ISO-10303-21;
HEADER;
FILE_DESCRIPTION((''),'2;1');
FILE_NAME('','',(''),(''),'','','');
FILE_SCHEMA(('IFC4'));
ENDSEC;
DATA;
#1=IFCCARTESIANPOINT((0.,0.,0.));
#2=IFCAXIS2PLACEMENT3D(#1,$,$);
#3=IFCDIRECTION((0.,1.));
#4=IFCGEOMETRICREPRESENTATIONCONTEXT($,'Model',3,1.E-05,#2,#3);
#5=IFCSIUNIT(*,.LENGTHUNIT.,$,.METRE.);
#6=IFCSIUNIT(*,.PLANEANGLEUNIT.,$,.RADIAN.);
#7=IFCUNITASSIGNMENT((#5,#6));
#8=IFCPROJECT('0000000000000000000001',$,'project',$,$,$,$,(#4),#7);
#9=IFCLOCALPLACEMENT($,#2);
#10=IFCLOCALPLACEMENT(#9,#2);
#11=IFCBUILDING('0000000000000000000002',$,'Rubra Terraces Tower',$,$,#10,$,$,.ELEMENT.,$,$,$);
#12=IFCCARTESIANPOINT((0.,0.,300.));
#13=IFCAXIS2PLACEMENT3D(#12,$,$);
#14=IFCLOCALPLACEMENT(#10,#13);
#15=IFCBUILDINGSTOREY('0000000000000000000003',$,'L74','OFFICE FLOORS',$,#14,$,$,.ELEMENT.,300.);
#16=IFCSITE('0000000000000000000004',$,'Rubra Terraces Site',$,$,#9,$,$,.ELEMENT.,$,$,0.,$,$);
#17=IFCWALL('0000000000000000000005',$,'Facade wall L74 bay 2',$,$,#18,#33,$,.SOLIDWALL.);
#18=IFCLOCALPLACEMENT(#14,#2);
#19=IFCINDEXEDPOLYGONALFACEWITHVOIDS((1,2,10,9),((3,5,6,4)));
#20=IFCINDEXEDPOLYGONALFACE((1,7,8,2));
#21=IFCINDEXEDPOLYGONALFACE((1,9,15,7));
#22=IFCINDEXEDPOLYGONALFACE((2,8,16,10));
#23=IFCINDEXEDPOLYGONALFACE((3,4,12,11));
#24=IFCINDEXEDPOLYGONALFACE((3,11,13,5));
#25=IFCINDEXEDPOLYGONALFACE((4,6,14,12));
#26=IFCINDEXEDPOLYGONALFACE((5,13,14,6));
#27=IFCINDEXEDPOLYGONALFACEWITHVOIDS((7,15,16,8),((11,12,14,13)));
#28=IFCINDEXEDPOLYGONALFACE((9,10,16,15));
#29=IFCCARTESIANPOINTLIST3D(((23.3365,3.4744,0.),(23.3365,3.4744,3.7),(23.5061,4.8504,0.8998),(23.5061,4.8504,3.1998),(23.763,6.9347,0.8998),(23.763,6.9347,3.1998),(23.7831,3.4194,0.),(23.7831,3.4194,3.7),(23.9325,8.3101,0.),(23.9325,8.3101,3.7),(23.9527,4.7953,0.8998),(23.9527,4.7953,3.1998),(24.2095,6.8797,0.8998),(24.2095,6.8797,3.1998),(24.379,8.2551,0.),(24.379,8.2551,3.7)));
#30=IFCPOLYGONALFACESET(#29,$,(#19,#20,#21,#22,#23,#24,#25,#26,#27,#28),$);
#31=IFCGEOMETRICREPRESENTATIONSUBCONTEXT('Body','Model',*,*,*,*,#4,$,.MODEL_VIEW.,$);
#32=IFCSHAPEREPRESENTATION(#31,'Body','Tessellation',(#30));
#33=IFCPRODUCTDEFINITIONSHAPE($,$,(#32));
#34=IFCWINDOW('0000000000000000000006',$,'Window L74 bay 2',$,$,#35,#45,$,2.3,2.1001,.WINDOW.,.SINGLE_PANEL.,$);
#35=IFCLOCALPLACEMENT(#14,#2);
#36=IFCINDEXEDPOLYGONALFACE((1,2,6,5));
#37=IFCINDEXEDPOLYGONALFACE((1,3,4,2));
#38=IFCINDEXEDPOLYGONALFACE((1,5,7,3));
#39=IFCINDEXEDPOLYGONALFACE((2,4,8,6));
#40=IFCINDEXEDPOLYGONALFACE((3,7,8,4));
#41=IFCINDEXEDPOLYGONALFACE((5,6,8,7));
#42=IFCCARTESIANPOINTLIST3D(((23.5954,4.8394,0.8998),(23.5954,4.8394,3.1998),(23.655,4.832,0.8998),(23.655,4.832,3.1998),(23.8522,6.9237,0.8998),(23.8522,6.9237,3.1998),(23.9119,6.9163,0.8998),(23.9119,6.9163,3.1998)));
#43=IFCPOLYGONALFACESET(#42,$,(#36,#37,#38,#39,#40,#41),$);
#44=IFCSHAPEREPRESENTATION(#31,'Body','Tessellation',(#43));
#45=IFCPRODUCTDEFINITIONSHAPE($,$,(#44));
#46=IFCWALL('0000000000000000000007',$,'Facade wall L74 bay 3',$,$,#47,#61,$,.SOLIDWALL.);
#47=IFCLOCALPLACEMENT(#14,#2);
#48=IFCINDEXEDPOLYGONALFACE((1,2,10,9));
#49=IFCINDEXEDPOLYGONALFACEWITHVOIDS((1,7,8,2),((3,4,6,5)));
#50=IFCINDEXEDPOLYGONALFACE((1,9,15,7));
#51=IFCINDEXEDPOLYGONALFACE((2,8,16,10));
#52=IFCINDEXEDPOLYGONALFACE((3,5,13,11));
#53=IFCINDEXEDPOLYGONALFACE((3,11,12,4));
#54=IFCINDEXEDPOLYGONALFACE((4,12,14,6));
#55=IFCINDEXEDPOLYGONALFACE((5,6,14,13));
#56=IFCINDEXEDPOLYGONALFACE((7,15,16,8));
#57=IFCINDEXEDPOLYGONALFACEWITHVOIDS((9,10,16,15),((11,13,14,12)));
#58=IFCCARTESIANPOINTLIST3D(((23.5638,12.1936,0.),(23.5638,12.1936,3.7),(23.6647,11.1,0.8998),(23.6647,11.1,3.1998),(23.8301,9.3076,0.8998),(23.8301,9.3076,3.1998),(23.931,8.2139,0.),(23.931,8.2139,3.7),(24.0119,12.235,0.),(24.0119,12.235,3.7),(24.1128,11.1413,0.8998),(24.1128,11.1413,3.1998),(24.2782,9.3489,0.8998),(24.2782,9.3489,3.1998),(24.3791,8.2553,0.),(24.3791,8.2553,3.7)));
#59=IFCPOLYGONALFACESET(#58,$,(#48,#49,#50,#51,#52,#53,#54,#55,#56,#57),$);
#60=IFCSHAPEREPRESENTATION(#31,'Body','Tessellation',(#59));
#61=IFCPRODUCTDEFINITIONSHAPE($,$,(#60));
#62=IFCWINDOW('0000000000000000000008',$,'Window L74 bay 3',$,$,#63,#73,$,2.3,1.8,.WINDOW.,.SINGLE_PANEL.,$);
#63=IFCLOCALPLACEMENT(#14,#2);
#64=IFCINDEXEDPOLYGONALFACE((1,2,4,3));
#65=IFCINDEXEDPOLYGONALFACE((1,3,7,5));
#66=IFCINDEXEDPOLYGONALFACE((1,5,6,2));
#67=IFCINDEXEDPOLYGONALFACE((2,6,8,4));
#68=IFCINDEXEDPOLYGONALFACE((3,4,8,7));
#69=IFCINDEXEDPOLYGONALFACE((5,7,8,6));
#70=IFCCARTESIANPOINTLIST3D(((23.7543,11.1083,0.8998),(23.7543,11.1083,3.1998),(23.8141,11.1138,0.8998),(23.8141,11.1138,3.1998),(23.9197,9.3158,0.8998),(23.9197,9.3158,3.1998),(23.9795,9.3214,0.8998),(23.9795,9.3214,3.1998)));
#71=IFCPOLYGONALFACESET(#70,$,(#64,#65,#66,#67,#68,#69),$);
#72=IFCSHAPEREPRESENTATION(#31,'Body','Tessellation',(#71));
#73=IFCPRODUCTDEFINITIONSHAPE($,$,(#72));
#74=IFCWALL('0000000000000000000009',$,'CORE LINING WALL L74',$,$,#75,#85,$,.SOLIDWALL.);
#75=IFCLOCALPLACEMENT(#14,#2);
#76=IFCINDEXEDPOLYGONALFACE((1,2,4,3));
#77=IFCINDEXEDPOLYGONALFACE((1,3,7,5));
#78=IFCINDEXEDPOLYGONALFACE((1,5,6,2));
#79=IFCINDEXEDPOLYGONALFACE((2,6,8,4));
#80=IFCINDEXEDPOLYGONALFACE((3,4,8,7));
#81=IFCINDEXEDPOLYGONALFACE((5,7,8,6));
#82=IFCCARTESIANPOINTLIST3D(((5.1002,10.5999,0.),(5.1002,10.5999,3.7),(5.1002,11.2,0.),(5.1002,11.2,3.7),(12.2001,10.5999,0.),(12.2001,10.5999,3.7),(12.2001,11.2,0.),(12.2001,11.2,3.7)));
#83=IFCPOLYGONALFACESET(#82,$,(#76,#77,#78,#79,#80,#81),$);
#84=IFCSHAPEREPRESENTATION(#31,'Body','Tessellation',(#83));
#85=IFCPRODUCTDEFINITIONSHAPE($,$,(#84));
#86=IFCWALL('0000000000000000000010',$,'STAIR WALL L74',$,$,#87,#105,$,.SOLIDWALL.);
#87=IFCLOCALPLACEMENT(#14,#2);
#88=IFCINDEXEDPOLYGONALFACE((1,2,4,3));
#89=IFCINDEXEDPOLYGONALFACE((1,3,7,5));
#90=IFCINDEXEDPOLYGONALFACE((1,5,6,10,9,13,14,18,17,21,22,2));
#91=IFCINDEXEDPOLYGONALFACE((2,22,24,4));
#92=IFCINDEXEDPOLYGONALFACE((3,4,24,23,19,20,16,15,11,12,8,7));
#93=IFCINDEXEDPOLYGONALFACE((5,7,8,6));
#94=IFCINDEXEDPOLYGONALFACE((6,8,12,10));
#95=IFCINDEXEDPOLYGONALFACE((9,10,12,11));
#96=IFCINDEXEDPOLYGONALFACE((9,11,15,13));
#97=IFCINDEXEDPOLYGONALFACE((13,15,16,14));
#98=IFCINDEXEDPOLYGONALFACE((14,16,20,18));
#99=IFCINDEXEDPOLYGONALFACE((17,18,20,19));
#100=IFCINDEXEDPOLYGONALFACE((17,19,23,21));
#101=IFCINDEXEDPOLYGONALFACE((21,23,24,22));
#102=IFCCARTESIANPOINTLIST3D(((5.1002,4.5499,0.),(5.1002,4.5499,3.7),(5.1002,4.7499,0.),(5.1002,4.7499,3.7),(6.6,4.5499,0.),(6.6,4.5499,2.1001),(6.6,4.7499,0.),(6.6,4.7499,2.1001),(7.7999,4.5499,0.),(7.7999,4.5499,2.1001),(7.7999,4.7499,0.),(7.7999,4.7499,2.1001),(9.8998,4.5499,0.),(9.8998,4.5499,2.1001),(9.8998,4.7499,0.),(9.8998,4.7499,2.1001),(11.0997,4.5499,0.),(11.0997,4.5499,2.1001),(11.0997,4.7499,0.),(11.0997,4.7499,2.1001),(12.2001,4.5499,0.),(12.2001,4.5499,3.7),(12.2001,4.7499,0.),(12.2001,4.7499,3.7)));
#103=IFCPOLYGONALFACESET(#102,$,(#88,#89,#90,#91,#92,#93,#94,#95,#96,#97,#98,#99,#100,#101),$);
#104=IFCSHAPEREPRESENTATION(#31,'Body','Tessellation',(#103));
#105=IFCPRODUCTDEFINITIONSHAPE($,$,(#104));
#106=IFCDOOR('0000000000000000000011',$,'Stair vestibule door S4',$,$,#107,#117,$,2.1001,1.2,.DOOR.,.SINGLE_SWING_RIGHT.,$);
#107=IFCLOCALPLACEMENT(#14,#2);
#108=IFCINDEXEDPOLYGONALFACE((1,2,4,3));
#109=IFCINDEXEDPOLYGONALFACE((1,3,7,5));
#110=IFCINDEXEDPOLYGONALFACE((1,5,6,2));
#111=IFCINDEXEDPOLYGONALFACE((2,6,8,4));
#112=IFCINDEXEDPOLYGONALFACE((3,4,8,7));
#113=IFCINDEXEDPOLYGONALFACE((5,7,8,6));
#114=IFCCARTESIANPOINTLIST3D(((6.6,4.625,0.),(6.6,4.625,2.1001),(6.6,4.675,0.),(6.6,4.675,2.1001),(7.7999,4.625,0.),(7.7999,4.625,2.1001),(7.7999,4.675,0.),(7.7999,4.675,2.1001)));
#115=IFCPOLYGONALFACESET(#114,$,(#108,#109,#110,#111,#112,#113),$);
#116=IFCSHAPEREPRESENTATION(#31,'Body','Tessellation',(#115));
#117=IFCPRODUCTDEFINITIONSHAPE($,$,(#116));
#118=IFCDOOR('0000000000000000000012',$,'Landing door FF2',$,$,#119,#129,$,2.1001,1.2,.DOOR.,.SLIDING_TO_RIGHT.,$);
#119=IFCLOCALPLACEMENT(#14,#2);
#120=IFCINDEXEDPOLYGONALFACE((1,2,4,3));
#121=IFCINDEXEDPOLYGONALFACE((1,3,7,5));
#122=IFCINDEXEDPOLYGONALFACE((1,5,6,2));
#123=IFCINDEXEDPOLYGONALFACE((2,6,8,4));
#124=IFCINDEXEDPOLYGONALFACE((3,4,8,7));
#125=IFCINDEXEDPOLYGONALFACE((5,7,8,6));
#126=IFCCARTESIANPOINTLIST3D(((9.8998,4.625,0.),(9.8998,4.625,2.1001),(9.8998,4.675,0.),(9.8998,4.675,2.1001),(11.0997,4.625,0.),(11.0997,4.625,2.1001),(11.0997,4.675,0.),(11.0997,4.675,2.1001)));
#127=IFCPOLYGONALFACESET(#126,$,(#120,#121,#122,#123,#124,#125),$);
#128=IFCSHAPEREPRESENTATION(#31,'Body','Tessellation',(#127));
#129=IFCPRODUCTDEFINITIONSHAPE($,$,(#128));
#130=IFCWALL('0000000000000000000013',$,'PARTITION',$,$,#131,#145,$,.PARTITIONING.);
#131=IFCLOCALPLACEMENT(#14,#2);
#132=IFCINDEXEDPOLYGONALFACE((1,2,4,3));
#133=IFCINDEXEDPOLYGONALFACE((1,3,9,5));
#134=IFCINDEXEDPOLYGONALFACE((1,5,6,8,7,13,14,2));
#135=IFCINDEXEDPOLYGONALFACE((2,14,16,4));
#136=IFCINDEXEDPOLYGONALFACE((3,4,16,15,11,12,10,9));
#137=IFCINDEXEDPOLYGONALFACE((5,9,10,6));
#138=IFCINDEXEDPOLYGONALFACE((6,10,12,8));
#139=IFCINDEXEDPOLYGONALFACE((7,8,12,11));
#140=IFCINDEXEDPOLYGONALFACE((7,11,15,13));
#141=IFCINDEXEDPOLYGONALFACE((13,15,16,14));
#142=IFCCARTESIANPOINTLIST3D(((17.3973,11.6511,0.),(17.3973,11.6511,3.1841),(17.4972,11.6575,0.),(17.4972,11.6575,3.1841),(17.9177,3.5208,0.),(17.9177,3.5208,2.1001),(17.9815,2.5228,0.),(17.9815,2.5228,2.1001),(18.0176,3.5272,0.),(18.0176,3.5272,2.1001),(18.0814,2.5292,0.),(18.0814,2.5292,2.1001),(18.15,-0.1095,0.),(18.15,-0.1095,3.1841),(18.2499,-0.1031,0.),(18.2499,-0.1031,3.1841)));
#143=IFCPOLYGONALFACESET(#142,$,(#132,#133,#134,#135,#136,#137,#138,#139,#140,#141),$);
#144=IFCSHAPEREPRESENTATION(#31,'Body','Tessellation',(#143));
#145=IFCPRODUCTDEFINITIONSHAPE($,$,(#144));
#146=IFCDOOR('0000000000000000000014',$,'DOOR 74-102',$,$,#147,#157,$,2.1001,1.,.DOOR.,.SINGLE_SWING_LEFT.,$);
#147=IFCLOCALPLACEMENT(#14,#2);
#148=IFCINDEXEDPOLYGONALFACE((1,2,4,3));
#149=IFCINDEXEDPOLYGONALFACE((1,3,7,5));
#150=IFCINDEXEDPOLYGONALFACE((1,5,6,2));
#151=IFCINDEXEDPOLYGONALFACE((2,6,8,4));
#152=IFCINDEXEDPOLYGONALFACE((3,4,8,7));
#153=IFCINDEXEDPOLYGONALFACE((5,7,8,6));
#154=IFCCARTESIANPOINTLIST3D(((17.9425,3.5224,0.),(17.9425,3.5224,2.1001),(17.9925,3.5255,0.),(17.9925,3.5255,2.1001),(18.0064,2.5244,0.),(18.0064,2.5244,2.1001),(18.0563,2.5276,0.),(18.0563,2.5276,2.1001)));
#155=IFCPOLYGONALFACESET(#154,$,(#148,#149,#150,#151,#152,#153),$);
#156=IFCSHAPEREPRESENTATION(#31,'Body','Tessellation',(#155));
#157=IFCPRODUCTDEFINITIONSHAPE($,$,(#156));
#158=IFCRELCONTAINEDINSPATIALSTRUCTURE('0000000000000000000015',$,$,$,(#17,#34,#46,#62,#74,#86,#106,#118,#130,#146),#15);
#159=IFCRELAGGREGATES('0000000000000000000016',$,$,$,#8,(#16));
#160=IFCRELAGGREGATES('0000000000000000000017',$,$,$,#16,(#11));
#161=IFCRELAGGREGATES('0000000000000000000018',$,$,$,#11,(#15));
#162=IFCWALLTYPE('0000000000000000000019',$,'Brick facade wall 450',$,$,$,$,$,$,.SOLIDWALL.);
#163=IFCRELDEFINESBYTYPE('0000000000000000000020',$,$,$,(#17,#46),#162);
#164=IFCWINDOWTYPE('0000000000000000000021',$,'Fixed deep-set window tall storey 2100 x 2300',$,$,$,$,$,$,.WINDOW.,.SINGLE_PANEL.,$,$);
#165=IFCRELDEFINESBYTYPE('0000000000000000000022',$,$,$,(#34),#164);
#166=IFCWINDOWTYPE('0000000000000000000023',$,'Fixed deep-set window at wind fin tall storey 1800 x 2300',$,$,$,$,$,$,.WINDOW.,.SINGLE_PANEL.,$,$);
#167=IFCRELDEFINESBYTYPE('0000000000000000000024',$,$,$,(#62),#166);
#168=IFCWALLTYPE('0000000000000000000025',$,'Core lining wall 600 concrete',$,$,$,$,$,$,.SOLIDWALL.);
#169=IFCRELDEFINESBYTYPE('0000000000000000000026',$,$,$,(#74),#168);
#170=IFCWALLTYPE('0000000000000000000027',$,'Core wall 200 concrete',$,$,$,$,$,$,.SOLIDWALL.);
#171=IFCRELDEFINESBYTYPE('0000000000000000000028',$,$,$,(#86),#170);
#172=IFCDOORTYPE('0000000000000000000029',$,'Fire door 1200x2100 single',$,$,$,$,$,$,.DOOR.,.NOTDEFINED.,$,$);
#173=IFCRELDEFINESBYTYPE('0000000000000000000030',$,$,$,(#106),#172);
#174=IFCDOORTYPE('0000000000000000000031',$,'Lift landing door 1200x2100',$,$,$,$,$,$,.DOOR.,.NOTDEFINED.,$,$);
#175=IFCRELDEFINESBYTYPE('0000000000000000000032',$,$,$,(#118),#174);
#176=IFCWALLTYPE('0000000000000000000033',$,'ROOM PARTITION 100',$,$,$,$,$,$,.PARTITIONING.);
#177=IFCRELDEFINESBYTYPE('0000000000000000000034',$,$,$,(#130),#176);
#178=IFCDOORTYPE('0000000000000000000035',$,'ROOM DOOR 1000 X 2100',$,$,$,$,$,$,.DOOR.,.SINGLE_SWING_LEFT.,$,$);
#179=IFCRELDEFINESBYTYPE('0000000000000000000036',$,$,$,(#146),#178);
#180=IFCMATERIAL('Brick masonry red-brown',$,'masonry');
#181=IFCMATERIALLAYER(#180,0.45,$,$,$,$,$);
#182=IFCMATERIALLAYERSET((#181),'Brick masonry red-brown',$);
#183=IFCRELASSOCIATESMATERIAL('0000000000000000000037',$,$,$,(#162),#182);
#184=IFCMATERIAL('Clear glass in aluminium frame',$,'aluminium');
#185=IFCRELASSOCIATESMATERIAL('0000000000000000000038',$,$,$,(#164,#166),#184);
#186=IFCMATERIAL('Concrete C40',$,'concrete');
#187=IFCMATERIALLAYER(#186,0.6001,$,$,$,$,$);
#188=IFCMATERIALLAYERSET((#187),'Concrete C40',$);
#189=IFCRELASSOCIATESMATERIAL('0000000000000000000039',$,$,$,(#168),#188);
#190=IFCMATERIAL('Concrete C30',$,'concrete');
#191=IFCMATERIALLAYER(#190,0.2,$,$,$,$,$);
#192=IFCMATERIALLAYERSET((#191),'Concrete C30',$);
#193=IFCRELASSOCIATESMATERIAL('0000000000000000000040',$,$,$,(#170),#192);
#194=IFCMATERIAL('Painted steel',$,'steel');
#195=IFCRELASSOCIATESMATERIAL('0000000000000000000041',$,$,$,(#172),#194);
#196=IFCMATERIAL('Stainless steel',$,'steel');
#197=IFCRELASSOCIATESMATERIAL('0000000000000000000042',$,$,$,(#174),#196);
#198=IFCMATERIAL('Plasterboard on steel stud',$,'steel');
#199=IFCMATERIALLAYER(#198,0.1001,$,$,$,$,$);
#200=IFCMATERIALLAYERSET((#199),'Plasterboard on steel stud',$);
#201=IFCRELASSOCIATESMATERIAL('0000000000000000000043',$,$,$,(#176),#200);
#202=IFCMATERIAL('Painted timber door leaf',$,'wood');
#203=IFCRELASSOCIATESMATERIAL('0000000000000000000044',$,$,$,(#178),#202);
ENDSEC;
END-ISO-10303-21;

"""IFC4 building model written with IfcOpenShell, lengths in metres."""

from ifc_helpers import new_model, si_unit, direction, frame, frame_2d, origin, place, context, subcontext, project, spatial, rectangle, extrude, material, layer, layer_set, type_object, element, fill, save


model = new_model("IFC4")

# Units and contexts
model_context = context("Model", 3, precision=1e-05, world=origin(), true_north=direction((0.0, 1.0)))
body_context = subcontext(model_context, "Body", "Model", "MODEL_VIEW")
ifc_project = project(units=[si_unit("LENGTHUNIT", "METRE"), si_unit("PLANEANGLEUNIT", "RADIAN")], contexts=[model_context])

# Site, building, storey
site_placement = place(None, origin())
site = spatial("IfcSite", under=ifc_project, at=site_placement, Name="Rubra Terraces Site", CompositionType="ELEMENT", RefElevation=0.0)
building_placement = place(site_placement, origin())
building = spatial("IfcBuilding", under=site, at=building_placement, Name="Rubra Terraces Tower", CompositionType="ELEMENT")
storey_placement = place(building_placement, frame((0.0, 0.0, 300.0)))
storey = spatial("IfcBuildingStorey", under=building, at=storey_placement, Name="L74", Description="OFFICE FLOORS", CompositionType="ELEMENT", Elevation=300.0)

# Walls, openings, windows
ifc_material_1 = material(Name="Brick masonry red-brown", Category="masonry")
ifc_layer_1 = layer(ifc_material_1, 0.45)
ifc_layer_set_1 = layer_set([ifc_layer_1], Name="Brick masonry red-brown")
wall_type_1 = type_object("IfcWallType", Name="Brick facade wall 450", PredefinedType="SOLIDWALL", material=ifc_layer_set_1)
wall_1_placement = place(storey_placement, frame((23.5598, 3.447, 0.0), z_axis=(0.0, 0.0, 1.0), x_axis=(0.122314, 0.992491, 0.0)))
wall_1 = element("IfcWall", 1, at=wall_1_placement, inside=storey, type_object=wall_type_1, Name="Facade wall L74 bay 2", PredefinedType="SOLIDWALL", context=body_context, shape_type="SweptSolid", body=[
    extrude(rectangle(XDim=4.8723, YDim=0.45, at=frame_2d((2.436, 0.0))), origin(), (0.0, 0.0, 1.0), 3.7),
])
opening_1_placement = place(wall_1_placement, frame((1.3862, 0.0, 0.8999)))
opening_1 = element("IfcOpeningElement", 2, at=opening_1_placement, cuts=wall_1, PredefinedType="OPENING", context=body_context, shape_type="SweptSolid", body=[
    extrude(rectangle(XDim=2.1001, YDim=2.3, at=frame_2d((1.05, 1.1499))), frame((0.0, 0.2349, 0.0), z_axis=(0.0, -1.0, 0.0), x_axis=(1.0, 0.0, 0.0)), (0.0, 0.0, 1.0), 0.47),
])
ifc_material_2 = material(Name="Clear glass in aluminium frame", Category="aluminium")
window_type_1 = type_object("IfcWindowType", Name="Fixed deep-set window tall storey 2100 x 2300", PartitioningType="SINGLE_PANEL", PredefinedType="WINDOW", material=ifc_material_2)
window_1_placement = place(opening_1_placement, origin())
window_1 = element("IfcWindow", 3, at=window_1_placement, inside=storey, type_object=window_type_1, Name="Window L74 bay 2", OverallHeight=2.3, OverallWidth=2.1001, PartitioningType="SINGLE_PANEL", PredefinedType="WINDOW", context=body_context, shape_type="SweptSolid", body=[
    extrude(rectangle(XDim=2.1001, YDim=2.3, at=frame_2d((1.05, 1.1499))), frame((0.0, 0.135, 0.0), z_axis=(0.0, -1.0, 0.0), x_axis=(1.0, 0.0, 0.0)), (0.0, 0.0, 1.0), 0.0601),
])
fill(opening_1, window_1)
wall_2_placement = place(storey_placement, frame((24.155, 8.2346, 0.0), z_axis=(0.0, 0.0, 1.0), x_axis=(-0.091874, 0.995771, 0.0)))
wall_2 = element("IfcWall", 4, at=wall_2_placement, inside=storey, type_object=wall_type_1, Name="Facade wall L74 bay 3", PredefinedType="SOLIDWALL", context=body_context, shape_type="SweptSolid", body=[
    extrude(rectangle(XDim=3.9966, YDim=0.45, at=frame_2d((1.9983, 0.0))), origin(), (0.0, 0.0, 1.0), 3.7),
])
opening_2_placement = place(wall_2_placement, frame((1.0984, 0.0, 0.8999)))
opening_2 = element("IfcOpeningElement", 5, at=opening_2_placement, cuts=wall_2, PredefinedType="OPENING", context=body_context, shape_type="SweptSolid", body=[
    extrude(rectangle(XDim=1.8, YDim=2.3, at=frame_2d((0.8999, 1.1499))), frame((0.0, 0.2349, 0.0), z_axis=(0.0, -1.0, 0.0), x_axis=(1.0, 0.0, 0.0)), (0.0, 0.0, 1.0), 0.47),
])
window_type_2 = type_object("IfcWindowType", Name="Fixed deep-set window at wind fin tall storey 1800 x 2300", PartitioningType="SINGLE_PANEL", PredefinedType="WINDOW", material=ifc_material_2)
window_2_placement = place(opening_2_placement, origin())
window_2 = element("IfcWindow", 6, at=window_2_placement, inside=storey, type_object=window_type_2, Name="Window L74 bay 3", OverallHeight=2.3, OverallWidth=1.8, PartitioningType="SINGLE_PANEL", PredefinedType="WINDOW", context=body_context, shape_type="SweptSolid", body=[
    extrude(rectangle(XDim=1.8, YDim=2.3, at=frame_2d((0.8999, 1.1499))), frame((0.0, 0.135, 0.0), z_axis=(0.0, -1.0, 0.0), x_axis=(1.0, 0.0, 0.0)), (0.0, 0.0, 1.0), 0.0601),
])
fill(opening_2, window_2)

# Wall
ifc_material_3 = material(Name="Concrete C40", Category="concrete")
ifc_layer_2 = layer(ifc_material_3, 0.6001)
ifc_layer_set_2 = layer_set([ifc_layer_2], Name="Concrete C40")
wall_type_2 = type_object("IfcWallType", Name="Core lining wall 600 concrete", PredefinedType="SOLIDWALL", material=ifc_layer_set_2)
wall_3_placement = place(storey_placement, frame((12.2, 10.8999, 0.0), z_axis=(0.0, 0.0, 1.0), x_axis=(-1.0, 0.0, 0.0)))
element("IfcWall", 7, at=wall_3_placement, inside=storey, type_object=wall_type_2, Name="CORE LINING WALL L74", PredefinedType="SOLIDWALL", context=body_context, shape_type="SweptSolid", body=[
    extrude(rectangle(XDim=7.0999, YDim=0.6001, at=frame_2d((3.5498, 0.0))), origin(), (0.0, 0.0, 1.0), 3.7),
])

# Wall, openings, doors
ifc_material_4 = material(Name="Concrete C30", Category="concrete")
ifc_layer_3 = layer(ifc_material_4, 0.2)
ifc_layer_set_3 = layer_set([ifc_layer_3], Name="Concrete C30")
wall_type_3 = type_object("IfcWallType", Name="Core wall 200 concrete", PredefinedType="SOLIDWALL", material=ifc_layer_set_3)
wall_4_placement = place(storey_placement, frame((12.2, 4.6499, 0.0), z_axis=(0.0, 0.0, 1.0), x_axis=(-1.0, 0.0, 0.0)))
wall_4 = element("IfcWall", 8, at=wall_4_placement, inside=storey, type_object=wall_type_3, Name="STAIR WALL L74", PredefinedType="SOLIDWALL", context=body_context, shape_type="SweptSolid", body=[
    extrude(rectangle(XDim=7.0999, YDim=0.2, at=frame_2d((3.5498, 0.0))), origin(), (0.0, 0.0, 1.0), 3.7),
])
opening_3_placement = place(wall_4_placement, frame((4.3999, 0.0, 0.0)))
opening_3 = element("IfcOpeningElement", 9, at=opening_3_placement, cuts=wall_4, PredefinedType="OPENING", context=body_context, shape_type="SweptSolid", body=[
    extrude(rectangle(XDim=1.2, YDim=2.1001, at=frame_2d((0.6001, 1.05))), frame((0.0, 0.1099, 0.0), z_axis=(0.0, -1.0, 0.0), x_axis=(1.0, 0.0, 0.0)), (0.0, 0.0, 1.0), 0.22),
])
opening_4_placement = place(wall_4_placement, frame((1.1001, 0.0, 0.0)))
opening_4 = element("IfcOpeningElement", 10, at=opening_4_placement, cuts=wall_4, PredefinedType="OPENING", context=body_context, shape_type="SweptSolid", body=[
    extrude(rectangle(XDim=1.2, YDim=2.1001, at=frame_2d((0.6001, 1.05))), frame((0.0, 0.1099, 0.0), z_axis=(0.0, -1.0, 0.0), x_axis=(1.0, 0.0, 0.0)), (0.0, 0.0, 1.0), 0.22),
])
ifc_material_5 = material(Name="Painted steel", Category="steel")
door_type_1 = type_object("IfcDoorType", Name="Fire door 1200x2100 single", OperationType="NOTDEFINED", PredefinedType="DOOR", material=ifc_material_5)
door_1_placement = place(opening_3_placement, origin())
door_1 = element("IfcDoor", 11, at=door_1_placement, inside=storey, type_object=door_type_1, Name="Stair vestibule door S4", OperationType="SINGLE_SWING_RIGHT", OverallHeight=2.1001, OverallWidth=1.2, PredefinedType="DOOR", context=body_context, shape_type="SweptSolid", body=[
    extrude(rectangle(XDim=1.2, YDim=2.1001, at=frame_2d((0.6001, 1.05))), frame((0.0, 0.0249, 0.0), z_axis=(0.0, -1.0, 0.0), x_axis=(1.0, 0.0, 0.0)), (0.0, 0.0, 1.0), 0.05),
])
fill(opening_3, door_1)
ifc_material_6 = material(Name="Stainless steel", Category="steel")
door_type_2 = type_object("IfcDoorType", Name="Lift landing door 1200x2100", OperationType="NOTDEFINED", PredefinedType="DOOR", material=ifc_material_6)
door_2_placement = place(opening_4_placement, origin())
door_2 = element("IfcDoor", 12, at=door_2_placement, inside=storey, type_object=door_type_2, Name="Landing door FF2", OperationType="SLIDING_TO_RIGHT", OverallHeight=2.1001, OverallWidth=1.2, PredefinedType="DOOR", context=body_context, shape_type="SweptSolid", body=[
    extrude(rectangle(XDim=1.2, YDim=2.1001, at=frame_2d((0.6001, 1.05))), frame((0.0, 0.0249, 0.0), z_axis=(0.0, -1.0, 0.0), x_axis=(1.0, 0.0, 0.0)), (0.0, 0.0, 1.0), 0.05),
])
fill(opening_4, door_2)

# Wall, opening, door
ifc_material_7 = material(Name="Plasterboard on steel stud", Category="steel")
ifc_layer_4 = layer(ifc_material_7, 0.1001)
ifc_layer_set_4 = layer_set([ifc_layer_4], Name="Plasterboard on steel stud")
wall_type_4 = type_object("IfcWallType", Name="ROOM PARTITION 100", PredefinedType="PARTITIONING", material=ifc_layer_set_4)
wall_5_placement = place(storey_placement, frame((17.4473, 11.6543, 0.0), z_axis=(0.0, 0.0, 1.0), x_axis=(0.06387, -0.997958, 0.0)))
wall_5 = element("IfcWall", 13, at=wall_5_placement, inside=storey, type_object=wall_type_4, Name="PARTITION", PredefinedType="PARTITIONING", context=body_context, shape_type="SweptSolid", body=[
    extrude(rectangle(XDim=11.7847, YDim=0.1001, at=frame_2d((5.8923, 0.0))), origin(), (0.0, 0.0, 1.0), 3.1841),
])
opening_5_placement = place(wall_5_placement, frame((8.147, 0.0, 0.0)))
opening_5 = element("IfcOpeningElement", 14, at=opening_5_placement, cuts=wall_5, PredefinedType="OPENING", context=body_context, shape_type="SweptSolid", body=[
    extrude(rectangle(XDim=1.0, YDim=2.1001, at=frame_2d((0.5, 1.05))), frame((0.0, 0.0601, 0.0), z_axis=(0.0, -1.0, 0.0), x_axis=(1.0, 0.0, 0.0)), (0.0, 0.0, 1.0), 0.1201),
])
ifc_material_8 = material(Name="Painted timber door leaf", Category="wood")
door_type_3 = type_object("IfcDoorType", Name="ROOM DOOR 1000 X 2100", OperationType="SINGLE_SWING_LEFT", PredefinedType="DOOR", material=ifc_material_8)
door_3_placement = place(opening_5_placement, origin())
door_3 = element("IfcDoor", 15, at=door_3_placement, inside=storey, type_object=door_type_3, Name="DOOR 74-102", OperationType="SINGLE_SWING_LEFT", OverallHeight=2.1001, OverallWidth=1.0, PredefinedType="DOOR", context=body_context, shape_type="SweptSolid", body=[
    extrude(rectangle(XDim=1.0, YDim=2.1001, at=frame_2d((0.5, 1.05))), frame((0.0, 0.0249, 0.0), z_axis=(0.0, -1.0, 0.0), x_axis=(1.0, 0.0, 0.0)), (0.0, 0.0, 1.0), 0.05),
])
fill(opening_5, door_3)

save(model, "model.ifc")
